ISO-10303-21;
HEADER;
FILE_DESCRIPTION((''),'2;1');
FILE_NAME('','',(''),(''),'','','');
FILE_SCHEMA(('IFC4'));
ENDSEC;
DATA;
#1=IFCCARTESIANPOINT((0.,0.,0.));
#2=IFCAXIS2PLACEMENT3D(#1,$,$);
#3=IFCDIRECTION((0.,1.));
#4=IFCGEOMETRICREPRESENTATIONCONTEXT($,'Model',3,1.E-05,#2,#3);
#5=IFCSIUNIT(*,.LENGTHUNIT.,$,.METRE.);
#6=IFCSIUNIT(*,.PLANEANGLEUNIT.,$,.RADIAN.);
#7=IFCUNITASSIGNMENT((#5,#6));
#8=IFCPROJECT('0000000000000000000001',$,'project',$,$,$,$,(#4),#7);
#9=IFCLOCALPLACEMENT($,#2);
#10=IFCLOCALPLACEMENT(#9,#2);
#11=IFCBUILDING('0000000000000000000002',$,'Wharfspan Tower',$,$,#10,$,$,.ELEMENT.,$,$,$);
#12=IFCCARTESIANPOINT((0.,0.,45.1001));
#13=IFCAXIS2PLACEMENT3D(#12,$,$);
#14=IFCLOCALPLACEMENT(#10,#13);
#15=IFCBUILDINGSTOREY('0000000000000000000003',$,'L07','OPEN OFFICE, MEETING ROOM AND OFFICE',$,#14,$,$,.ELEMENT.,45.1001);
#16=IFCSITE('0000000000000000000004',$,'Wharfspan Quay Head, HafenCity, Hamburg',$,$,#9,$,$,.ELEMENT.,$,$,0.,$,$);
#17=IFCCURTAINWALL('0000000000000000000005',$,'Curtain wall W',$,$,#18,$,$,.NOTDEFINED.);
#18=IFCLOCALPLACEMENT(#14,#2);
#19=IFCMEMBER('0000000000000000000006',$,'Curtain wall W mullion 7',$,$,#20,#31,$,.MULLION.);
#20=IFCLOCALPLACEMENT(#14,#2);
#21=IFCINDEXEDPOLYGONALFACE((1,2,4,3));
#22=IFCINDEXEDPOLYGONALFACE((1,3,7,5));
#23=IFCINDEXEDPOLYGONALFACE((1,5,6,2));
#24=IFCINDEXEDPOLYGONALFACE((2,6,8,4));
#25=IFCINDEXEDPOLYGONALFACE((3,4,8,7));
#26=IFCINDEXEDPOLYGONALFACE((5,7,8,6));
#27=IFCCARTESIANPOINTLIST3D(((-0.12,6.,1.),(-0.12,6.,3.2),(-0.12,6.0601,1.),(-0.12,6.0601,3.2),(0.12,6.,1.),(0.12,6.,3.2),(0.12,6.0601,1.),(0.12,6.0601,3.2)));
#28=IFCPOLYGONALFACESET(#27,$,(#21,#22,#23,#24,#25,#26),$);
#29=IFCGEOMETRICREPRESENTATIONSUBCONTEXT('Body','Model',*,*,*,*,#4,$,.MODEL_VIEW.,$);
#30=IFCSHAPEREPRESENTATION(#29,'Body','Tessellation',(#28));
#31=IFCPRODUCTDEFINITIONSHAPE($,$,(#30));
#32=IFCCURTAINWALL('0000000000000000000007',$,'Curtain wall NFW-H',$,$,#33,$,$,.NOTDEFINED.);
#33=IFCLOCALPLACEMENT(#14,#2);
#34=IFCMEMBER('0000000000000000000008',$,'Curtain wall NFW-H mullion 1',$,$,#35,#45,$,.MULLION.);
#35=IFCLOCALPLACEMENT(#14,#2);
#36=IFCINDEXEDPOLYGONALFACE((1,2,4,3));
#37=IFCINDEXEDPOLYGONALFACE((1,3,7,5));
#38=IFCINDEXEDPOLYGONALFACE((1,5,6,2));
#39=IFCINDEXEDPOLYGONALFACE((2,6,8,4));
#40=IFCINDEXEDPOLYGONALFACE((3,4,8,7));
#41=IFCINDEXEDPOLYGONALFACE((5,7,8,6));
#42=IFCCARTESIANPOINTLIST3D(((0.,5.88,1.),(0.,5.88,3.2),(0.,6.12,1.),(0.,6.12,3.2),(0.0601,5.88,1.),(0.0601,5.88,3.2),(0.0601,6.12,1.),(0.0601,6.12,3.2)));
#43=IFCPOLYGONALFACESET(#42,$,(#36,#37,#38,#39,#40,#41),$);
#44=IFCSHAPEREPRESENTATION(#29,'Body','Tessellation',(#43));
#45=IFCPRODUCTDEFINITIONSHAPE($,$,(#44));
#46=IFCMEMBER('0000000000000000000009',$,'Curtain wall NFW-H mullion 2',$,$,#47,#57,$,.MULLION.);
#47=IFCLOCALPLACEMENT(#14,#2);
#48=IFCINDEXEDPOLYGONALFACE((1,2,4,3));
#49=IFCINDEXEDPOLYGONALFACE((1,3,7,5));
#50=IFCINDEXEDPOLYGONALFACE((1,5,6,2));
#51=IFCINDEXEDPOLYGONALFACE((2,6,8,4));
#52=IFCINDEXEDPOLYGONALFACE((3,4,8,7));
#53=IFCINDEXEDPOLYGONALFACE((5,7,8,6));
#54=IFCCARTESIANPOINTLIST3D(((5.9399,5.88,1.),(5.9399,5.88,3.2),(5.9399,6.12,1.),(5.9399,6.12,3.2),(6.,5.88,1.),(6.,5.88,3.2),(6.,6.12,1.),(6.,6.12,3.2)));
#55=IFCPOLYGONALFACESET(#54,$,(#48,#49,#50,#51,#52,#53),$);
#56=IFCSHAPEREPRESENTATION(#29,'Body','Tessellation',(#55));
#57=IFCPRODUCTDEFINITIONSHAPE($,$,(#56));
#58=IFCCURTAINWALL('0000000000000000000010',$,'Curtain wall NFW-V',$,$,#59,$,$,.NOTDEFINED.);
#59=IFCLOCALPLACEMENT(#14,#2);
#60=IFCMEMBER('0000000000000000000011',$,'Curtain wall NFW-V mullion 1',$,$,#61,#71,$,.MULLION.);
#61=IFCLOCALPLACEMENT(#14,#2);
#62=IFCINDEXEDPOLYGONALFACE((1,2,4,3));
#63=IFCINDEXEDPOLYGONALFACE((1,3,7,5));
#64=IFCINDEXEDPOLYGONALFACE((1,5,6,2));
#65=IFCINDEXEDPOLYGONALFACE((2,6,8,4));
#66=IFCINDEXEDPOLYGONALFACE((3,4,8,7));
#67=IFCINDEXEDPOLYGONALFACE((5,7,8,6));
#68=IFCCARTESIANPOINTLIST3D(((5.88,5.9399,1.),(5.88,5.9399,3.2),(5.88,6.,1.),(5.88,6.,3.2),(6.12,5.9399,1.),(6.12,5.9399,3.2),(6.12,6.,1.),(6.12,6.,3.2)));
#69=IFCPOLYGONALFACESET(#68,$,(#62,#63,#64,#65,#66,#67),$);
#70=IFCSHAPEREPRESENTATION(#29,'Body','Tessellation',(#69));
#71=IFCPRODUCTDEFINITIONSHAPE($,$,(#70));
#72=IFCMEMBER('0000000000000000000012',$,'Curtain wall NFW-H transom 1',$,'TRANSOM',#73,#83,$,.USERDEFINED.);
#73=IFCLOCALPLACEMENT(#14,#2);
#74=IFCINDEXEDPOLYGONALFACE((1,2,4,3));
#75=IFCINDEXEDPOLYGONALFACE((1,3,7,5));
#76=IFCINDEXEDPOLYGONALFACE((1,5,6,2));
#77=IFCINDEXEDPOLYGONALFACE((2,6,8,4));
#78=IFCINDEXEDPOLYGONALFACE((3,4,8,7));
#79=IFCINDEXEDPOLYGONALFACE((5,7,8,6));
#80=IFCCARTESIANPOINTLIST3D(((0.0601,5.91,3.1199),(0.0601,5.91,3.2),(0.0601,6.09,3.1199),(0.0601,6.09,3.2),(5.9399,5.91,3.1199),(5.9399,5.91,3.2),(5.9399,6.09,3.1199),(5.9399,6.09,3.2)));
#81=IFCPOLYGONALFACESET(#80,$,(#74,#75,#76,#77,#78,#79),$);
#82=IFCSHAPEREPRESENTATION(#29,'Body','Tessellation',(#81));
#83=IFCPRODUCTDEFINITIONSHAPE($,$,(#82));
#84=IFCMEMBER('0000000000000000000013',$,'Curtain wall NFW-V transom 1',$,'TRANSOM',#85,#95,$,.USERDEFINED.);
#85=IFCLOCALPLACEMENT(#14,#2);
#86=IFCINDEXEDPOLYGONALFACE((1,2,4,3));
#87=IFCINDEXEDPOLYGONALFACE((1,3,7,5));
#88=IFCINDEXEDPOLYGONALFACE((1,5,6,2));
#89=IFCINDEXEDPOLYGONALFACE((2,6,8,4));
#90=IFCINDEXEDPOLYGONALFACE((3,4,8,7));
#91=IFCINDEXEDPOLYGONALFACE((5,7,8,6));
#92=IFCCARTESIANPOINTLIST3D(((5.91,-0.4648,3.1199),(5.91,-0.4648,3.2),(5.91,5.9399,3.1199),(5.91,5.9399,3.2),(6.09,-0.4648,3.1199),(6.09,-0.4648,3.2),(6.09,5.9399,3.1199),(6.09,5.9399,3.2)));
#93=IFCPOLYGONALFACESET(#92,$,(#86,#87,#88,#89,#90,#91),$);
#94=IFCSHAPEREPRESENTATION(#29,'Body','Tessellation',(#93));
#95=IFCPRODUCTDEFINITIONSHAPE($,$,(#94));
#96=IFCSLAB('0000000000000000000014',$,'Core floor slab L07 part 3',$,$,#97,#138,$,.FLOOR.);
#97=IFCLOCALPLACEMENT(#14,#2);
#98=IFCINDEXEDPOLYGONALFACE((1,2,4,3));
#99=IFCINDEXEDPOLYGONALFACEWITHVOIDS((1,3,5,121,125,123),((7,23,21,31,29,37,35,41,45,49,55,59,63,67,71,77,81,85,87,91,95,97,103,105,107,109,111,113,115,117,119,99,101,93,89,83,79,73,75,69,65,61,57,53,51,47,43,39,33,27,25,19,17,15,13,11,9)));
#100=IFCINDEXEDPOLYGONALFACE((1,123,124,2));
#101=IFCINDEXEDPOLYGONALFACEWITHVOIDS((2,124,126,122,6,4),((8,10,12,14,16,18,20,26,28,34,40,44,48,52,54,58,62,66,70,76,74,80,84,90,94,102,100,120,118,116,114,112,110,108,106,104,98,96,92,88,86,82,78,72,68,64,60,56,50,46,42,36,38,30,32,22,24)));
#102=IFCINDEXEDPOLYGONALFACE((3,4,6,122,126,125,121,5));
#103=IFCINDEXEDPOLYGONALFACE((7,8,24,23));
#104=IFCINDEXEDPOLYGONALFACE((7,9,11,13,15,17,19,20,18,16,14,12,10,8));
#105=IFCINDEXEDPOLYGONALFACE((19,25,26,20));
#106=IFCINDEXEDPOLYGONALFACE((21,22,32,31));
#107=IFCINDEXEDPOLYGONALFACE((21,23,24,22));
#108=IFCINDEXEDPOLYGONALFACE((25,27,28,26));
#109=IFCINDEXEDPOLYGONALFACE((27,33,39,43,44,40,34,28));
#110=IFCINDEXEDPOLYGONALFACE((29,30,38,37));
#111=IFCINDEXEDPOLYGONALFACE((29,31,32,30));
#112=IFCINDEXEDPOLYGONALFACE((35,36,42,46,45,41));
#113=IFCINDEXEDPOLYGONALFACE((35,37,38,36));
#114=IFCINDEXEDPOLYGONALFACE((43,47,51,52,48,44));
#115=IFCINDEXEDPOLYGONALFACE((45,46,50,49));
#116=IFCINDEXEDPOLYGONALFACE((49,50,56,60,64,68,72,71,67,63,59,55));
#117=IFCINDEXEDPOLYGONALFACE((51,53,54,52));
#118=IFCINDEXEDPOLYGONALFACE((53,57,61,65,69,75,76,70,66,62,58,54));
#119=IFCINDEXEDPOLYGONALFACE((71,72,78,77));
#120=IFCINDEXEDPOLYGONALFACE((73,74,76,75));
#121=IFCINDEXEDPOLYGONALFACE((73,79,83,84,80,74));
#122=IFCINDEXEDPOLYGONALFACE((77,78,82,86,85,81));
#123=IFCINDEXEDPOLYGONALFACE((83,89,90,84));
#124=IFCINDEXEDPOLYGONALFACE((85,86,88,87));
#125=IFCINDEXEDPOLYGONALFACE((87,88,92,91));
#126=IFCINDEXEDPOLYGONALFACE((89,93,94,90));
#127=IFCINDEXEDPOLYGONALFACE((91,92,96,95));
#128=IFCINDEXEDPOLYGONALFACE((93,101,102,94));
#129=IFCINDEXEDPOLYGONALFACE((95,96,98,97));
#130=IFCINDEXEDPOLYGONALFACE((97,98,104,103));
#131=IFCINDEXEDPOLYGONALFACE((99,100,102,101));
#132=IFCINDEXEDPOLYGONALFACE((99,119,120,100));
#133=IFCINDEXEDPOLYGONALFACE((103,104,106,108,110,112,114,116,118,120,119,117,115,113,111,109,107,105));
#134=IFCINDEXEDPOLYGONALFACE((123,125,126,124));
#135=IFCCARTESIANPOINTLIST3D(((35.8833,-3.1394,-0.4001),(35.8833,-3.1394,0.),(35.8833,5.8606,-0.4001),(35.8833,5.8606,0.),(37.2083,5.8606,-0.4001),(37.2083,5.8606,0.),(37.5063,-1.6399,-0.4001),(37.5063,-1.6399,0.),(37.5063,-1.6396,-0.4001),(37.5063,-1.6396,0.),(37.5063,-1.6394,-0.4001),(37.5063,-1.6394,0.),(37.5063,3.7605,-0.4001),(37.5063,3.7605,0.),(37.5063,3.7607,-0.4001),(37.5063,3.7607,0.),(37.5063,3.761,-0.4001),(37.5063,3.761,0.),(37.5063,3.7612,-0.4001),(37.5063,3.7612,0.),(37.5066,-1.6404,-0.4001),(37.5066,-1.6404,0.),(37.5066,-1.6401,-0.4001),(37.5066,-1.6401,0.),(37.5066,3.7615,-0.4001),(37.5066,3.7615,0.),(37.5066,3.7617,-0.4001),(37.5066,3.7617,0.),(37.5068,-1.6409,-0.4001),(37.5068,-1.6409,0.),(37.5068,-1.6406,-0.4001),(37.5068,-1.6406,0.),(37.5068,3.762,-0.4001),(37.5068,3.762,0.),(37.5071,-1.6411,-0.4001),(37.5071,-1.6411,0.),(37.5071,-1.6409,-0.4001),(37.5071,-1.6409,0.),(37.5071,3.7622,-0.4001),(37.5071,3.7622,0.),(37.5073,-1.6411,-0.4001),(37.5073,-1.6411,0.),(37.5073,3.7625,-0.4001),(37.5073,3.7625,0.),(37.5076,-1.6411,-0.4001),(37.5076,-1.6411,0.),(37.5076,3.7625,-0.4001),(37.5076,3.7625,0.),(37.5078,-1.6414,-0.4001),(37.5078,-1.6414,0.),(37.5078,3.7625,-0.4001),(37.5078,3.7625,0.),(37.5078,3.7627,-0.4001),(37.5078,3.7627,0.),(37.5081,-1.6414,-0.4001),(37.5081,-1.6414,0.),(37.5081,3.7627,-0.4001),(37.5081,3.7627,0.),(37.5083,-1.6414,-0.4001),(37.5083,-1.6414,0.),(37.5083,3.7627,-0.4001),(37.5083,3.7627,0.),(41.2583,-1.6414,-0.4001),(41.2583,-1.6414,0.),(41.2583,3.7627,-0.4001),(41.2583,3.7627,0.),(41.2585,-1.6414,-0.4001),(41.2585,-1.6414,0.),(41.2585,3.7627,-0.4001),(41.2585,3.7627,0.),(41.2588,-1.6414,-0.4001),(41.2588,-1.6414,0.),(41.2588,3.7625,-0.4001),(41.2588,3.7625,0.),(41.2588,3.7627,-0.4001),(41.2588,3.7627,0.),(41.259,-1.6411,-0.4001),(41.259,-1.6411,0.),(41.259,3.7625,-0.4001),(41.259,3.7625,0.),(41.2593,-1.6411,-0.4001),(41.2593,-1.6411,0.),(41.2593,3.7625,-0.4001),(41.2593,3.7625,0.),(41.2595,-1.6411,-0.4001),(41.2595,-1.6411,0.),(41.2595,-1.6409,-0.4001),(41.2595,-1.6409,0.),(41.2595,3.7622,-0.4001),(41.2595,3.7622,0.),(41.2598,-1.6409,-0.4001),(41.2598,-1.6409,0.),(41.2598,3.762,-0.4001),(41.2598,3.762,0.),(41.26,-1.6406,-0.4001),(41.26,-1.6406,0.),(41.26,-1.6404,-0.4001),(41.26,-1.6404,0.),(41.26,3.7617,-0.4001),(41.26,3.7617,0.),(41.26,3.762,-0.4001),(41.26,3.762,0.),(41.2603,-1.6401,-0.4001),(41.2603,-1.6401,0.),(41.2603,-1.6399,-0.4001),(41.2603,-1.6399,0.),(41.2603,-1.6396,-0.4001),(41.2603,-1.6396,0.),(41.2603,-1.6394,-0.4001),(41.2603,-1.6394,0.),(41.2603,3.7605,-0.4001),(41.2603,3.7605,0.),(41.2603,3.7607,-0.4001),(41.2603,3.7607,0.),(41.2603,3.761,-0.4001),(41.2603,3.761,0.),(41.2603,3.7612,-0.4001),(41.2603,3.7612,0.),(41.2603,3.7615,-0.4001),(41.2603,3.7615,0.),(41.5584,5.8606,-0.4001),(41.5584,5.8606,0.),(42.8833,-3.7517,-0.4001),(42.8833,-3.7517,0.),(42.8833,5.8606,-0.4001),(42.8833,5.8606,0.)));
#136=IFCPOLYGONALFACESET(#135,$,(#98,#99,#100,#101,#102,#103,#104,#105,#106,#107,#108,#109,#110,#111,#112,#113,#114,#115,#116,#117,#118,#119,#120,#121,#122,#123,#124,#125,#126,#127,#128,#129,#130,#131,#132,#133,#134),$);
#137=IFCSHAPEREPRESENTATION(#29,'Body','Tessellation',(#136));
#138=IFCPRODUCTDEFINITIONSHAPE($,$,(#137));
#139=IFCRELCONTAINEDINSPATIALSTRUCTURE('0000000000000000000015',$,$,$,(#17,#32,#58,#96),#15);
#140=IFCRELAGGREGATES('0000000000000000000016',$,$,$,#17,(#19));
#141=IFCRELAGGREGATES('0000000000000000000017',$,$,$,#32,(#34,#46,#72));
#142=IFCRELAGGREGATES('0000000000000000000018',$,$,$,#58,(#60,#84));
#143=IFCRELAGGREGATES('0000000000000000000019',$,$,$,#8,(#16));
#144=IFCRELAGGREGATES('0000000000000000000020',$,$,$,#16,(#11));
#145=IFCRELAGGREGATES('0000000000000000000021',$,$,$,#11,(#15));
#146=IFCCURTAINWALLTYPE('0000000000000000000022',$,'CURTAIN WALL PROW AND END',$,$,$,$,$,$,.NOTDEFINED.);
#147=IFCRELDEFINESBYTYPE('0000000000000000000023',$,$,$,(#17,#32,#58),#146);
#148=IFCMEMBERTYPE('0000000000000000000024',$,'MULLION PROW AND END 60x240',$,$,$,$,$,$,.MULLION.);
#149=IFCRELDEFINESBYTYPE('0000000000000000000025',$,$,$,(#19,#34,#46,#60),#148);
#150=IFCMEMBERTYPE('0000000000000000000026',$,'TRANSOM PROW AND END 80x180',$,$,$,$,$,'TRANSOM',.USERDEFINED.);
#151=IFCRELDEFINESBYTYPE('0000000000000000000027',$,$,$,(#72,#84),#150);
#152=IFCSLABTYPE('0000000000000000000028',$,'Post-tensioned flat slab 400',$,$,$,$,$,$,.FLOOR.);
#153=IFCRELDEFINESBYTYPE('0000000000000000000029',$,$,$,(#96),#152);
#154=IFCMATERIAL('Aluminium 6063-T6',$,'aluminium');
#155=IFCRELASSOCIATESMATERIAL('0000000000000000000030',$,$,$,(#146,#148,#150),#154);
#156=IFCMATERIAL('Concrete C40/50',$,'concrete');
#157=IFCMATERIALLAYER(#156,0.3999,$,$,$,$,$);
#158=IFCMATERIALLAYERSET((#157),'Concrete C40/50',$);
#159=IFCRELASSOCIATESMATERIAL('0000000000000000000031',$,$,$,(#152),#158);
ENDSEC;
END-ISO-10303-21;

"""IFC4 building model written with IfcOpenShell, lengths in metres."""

from ifc_helpers import new_model, si_unit, direction, frame, origin, origin_2d, place, context, subcontext, project, spatial, polyline, rectangle, outline, extrude, material, layer, layer_set, material_profile, profile_set, type_object, element, aggregate, save


model = new_model("IFC4")

# Units and contexts
model_context = context("Model", 3, precision=1e-05, world=origin(), true_north=direction((0.0, 1.0)))
body_context = subcontext(model_context, "Body", "Model", "MODEL_VIEW")
ifc_project = project(units=[si_unit("LENGTHUNIT", "METRE"), si_unit("PLANEANGLEUNIT", "RADIAN")], contexts=[model_context])

# Site, building, storey
site_placement = place(None, origin())
site = spatial("IfcSite", under=ifc_project, at=site_placement, Name="Wharfspan Quay Head, HafenCity, Hamburg", CompositionType="ELEMENT", RefElevation=0.0)
building_placement = place(site_placement, origin())
building = spatial("IfcBuilding", under=site, at=building_placement, Name="Wharfspan Tower", CompositionType="ELEMENT")
storey_placement = place(building_placement, frame((0.0, 0.0, 45.1001)))
storey = spatial("IfcBuildingStorey", under=building, at=storey_placement, Name="L07", Description="OPEN OFFICE, MEETING ROOM AND OFFICE", CompositionType="ELEMENT", Elevation=45.1001)

# Curtain wall, member
ifc_material_1 = material(Name="Aluminium 6063-T6", Category="aluminium")
curtain_wall_type = type_object("IfcCurtainWallType", Name="CURTAIN WALL PROW AND END", PredefinedType="NOTDEFINED", material=ifc_material_1)
curtain_wall_1_placement = place(storey_placement, origin())
curtain_wall_1 = element("IfcCurtainWall", 1, at=curtain_wall_1_placement, inside=storey, type_object=curtain_wall_type, Name="Curtain wall W", PredefinedType="NOTDEFINED")
ifc_material_profile_1 = material_profile(ifc_material_1, rectangle(XDim=0.24, YDim=0.0601, at=origin_2d()))
ifc_profile_set_1 = profile_set([ifc_material_profile_1], Name="Aluminium 6063-T6")
member_type_1 = type_object("IfcMemberType", Name="MULLION PROW AND END 60x240", PredefinedType="MULLION", material=ifc_profile_set_1)
member_1_placement = place(storey_placement, frame((0.0, 6.03, 1.0), z_axis=(0.0, 0.0, 1.0), x_axis=(1.0, 0.0, 0.0)))
member_1 = element("IfcMember", 2, at=member_1_placement, type_object=member_type_1, Name="Curtain wall W mullion 7", PredefinedType="MULLION", context=body_context, shape_type="SweptSolid", body=[
    extrude(rectangle(XDim=0.24, YDim=0.0601, at=origin_2d()), origin(), (0.0, 0.0, 1.0), 2.2),
])
aggregate(curtain_wall_1, [member_1])

# Curtain wall, members
curtain_wall_2_placement = place(storey_placement, origin())
curtain_wall_2 = element("IfcCurtainWall", 3, at=curtain_wall_2_placement, inside=storey, type_object=curtain_wall_type, Name="Curtain wall NFW-H", PredefinedType="NOTDEFINED")
member_2_placement = place(storey_placement, frame((0.03, 6.0, 1.0), z_axis=(0.0, 0.0, 1.0), x_axis=(0.0, 1.0, 0.0)))
member_2 = element("IfcMember", 4, at=member_2_placement, type_object=member_type_1, Name="Curtain wall NFW-H mullion 1", PredefinedType="MULLION", context=body_context, shape_type="SweptSolid", body=[
    extrude(rectangle(XDim=0.24, YDim=0.0601, at=origin_2d()), origin(), (0.0, 0.0, 1.0), 2.2),
])
member_3_placement = place(storey_placement, frame((5.97, 6.0, 1.0), z_axis=(0.0, 0.0, 1.0), x_axis=(0.0, 1.0, 0.0)))
member_3 = element("IfcMember", 5, at=member_3_placement, type_object=member_type_1, Name="Curtain wall NFW-H mullion 2", PredefinedType="MULLION", context=body_context, shape_type="SweptSolid", body=[
    extrude(rectangle(XDim=0.24, YDim=0.0601, at=origin_2d()), origin(), (0.0, 0.0, 1.0), 2.2),
])

# Curtain wall, member
curtain_wall_3_placement = place(storey_placement, origin())
curtain_wall_3 = element("IfcCurtainWall", 6, at=curtain_wall_3_placement, inside=storey, type_object=curtain_wall_type, Name="Curtain wall NFW-V", PredefinedType="NOTDEFINED")
member_4_placement = place(storey_placement, frame((6.0, 5.97, 1.0), z_axis=(0.0, 0.0, 1.0), x_axis=(1.0, 0.0, 0.0)))
member_4 = element("IfcMember", 7, at=member_4_placement, type_object=member_type_1, Name="Curtain wall NFW-V mullion 1", PredefinedType="MULLION", context=body_context, shape_type="SweptSolid", body=[
    extrude(rectangle(XDim=0.24, YDim=0.0601, at=origin_2d()), origin(), (0.0, 0.0, 1.0), 2.2),
])

# Members
ifc_material_profile_2 = material_profile(ifc_material_1, rectangle(XDim=0.1799, YDim=0.0801, at=origin_2d()))
ifc_profile_set_2 = profile_set([ifc_material_profile_2], Name="Aluminium 6063-T6")
member_type_2 = type_object("IfcMemberType", Name="TRANSOM PROW AND END 80x180", ElementType="TRANSOM", PredefinedType="USERDEFINED", material=ifc_profile_set_2)
member_5_placement = place(storey_placement, frame((0.0601, 6.0, 3.1599), z_axis=(1.0, 0.0, 0.0), x_axis=(0.0, 1.0, 0.0)))
member_5 = element("IfcMember", 8, at=member_5_placement, type_object=member_type_2, Name="Curtain wall NFW-H transom 1", ObjectType="TRANSOM", PredefinedType="USERDEFINED", context=body_context, shape_type="SweptSolid", body=[
    extrude(rectangle(XDim=0.1799, YDim=0.0801, at=origin_2d()), origin(), (0.0, 0.0, 1.0), 5.8799),
])
aggregate(curtain_wall_2, [member_2, member_3, member_5])
member_6_placement = place(storey_placement, frame((6.0, 5.9399, 3.1599), z_axis=(0.0, -1.0, 0.0), x_axis=(1.0, 0.0, 0.0)))
member_6 = element("IfcMember", 9, at=member_6_placement, type_object=member_type_2, Name="Curtain wall NFW-V transom 1", ObjectType="TRANSOM", PredefinedType="USERDEFINED", context=body_context, shape_type="SweptSolid", body=[
    extrude(rectangle(XDim=0.1799, YDim=0.0801, at=origin_2d()), origin(), (0.0, 0.0, 1.0), 6.4048),
])
aggregate(curtain_wall_3, [member_4, member_6])

# Slab
ifc_material_2 = material(Name="Concrete C40/50", Category="concrete")
ifc_layer_1 = layer(ifc_material_2, 0.3999)
ifc_layer_set_1 = layer_set([ifc_layer_1], Name="Concrete C40/50")
slab_type = type_object("IfcSlabType", Name="Post-tensioned flat slab 400", PredefinedType="FLOOR", material=ifc_layer_set_1)
slab_1_placement = place(storey_placement, frame((0.0, 0.0, -0.4001)))
element("IfcSlab", 10, at=slab_1_placement, inside=storey, type_object=slab_type, Name="Core floor slab L07 part 3", PredefinedType="FLOOR", context=body_context, shape_type="SweptSolid", body=[
    extrude(outline(polyline([(41.5583, 5.8606), (37.2083, 5.8606), (35.8833, 5.8606), (35.8833, -3.1394), (42.8833, -3.7517), (42.8833, 5.8606), (41.5583, 5.8606)]), holes=[polyline([(37.5063, 3.7605), (37.5063, 3.7607), (37.5063, 3.761), (37.5063, 3.7612), (37.5066, 3.7615), (37.5066, 3.7617), (37.5066, 3.7617), (37.5068, 3.762), (37.5068, 3.762), (37.5071, 3.7622), (37.5071, 3.7622), (37.5073, 3.7625), (37.5076, 3.7625), (37.5078, 3.7625), (37.5078, 3.7627), (37.5081, 3.7627), (37.5083, 3.7627), (41.2583, 3.7627), (41.2585, 3.7627), (41.2588, 3.7627), (41.2588, 3.7625), (41.259, 3.7625), (41.2593, 3.7625), (41.2595, 3.7622), (41.2595, 3.7622), (41.2598, 3.762), (41.26, 3.762), (41.26, 3.7617), (41.26, 3.7617), (41.2603, 3.7615), (41.2603, 3.7612), (41.2603, 3.761), (41.2603, 3.7607), (41.2603, 3.7605), (41.2603, -1.6394), (41.2603, -1.6396), (41.2603, -1.6399), (41.2603, -1.6399), (41.2603, -1.6401), (41.26, -1.6404), (41.26, -1.6404), (41.26, -1.6406), (41.2598, -1.6409), (41.2595, -1.6409), (41.2595, -1.6411), (41.2593, -1.6411), (41.259, -1.6411), (41.2588, -1.6414), (41.2588, -1.6414), (41.2585, -1.6414), (41.2583, -1.6414), (37.5083, -1.6414), (37.5081, -1.6414), (37.5078, -1.6414), (37.5078, -1.6414), (37.5076, -1.6411), (37.5073, -1.6411), (37.5071, -1.6411), (37.5071, -1.6409), (37.5068, -1.6409), (37.5068, -1.6406), (37.5066, -1.6404), (37.5066, -1.6404), (37.5066, -1.6401), (37.5063, -1.6399), (37.5063, -1.6399), (37.5063, -1.6396), (37.5063, -1.6394), (37.5063, 3.7605)])]), origin(), (0.0, 0.0, 1.0), 0.4001),
])

save(model, "model.ifc")
